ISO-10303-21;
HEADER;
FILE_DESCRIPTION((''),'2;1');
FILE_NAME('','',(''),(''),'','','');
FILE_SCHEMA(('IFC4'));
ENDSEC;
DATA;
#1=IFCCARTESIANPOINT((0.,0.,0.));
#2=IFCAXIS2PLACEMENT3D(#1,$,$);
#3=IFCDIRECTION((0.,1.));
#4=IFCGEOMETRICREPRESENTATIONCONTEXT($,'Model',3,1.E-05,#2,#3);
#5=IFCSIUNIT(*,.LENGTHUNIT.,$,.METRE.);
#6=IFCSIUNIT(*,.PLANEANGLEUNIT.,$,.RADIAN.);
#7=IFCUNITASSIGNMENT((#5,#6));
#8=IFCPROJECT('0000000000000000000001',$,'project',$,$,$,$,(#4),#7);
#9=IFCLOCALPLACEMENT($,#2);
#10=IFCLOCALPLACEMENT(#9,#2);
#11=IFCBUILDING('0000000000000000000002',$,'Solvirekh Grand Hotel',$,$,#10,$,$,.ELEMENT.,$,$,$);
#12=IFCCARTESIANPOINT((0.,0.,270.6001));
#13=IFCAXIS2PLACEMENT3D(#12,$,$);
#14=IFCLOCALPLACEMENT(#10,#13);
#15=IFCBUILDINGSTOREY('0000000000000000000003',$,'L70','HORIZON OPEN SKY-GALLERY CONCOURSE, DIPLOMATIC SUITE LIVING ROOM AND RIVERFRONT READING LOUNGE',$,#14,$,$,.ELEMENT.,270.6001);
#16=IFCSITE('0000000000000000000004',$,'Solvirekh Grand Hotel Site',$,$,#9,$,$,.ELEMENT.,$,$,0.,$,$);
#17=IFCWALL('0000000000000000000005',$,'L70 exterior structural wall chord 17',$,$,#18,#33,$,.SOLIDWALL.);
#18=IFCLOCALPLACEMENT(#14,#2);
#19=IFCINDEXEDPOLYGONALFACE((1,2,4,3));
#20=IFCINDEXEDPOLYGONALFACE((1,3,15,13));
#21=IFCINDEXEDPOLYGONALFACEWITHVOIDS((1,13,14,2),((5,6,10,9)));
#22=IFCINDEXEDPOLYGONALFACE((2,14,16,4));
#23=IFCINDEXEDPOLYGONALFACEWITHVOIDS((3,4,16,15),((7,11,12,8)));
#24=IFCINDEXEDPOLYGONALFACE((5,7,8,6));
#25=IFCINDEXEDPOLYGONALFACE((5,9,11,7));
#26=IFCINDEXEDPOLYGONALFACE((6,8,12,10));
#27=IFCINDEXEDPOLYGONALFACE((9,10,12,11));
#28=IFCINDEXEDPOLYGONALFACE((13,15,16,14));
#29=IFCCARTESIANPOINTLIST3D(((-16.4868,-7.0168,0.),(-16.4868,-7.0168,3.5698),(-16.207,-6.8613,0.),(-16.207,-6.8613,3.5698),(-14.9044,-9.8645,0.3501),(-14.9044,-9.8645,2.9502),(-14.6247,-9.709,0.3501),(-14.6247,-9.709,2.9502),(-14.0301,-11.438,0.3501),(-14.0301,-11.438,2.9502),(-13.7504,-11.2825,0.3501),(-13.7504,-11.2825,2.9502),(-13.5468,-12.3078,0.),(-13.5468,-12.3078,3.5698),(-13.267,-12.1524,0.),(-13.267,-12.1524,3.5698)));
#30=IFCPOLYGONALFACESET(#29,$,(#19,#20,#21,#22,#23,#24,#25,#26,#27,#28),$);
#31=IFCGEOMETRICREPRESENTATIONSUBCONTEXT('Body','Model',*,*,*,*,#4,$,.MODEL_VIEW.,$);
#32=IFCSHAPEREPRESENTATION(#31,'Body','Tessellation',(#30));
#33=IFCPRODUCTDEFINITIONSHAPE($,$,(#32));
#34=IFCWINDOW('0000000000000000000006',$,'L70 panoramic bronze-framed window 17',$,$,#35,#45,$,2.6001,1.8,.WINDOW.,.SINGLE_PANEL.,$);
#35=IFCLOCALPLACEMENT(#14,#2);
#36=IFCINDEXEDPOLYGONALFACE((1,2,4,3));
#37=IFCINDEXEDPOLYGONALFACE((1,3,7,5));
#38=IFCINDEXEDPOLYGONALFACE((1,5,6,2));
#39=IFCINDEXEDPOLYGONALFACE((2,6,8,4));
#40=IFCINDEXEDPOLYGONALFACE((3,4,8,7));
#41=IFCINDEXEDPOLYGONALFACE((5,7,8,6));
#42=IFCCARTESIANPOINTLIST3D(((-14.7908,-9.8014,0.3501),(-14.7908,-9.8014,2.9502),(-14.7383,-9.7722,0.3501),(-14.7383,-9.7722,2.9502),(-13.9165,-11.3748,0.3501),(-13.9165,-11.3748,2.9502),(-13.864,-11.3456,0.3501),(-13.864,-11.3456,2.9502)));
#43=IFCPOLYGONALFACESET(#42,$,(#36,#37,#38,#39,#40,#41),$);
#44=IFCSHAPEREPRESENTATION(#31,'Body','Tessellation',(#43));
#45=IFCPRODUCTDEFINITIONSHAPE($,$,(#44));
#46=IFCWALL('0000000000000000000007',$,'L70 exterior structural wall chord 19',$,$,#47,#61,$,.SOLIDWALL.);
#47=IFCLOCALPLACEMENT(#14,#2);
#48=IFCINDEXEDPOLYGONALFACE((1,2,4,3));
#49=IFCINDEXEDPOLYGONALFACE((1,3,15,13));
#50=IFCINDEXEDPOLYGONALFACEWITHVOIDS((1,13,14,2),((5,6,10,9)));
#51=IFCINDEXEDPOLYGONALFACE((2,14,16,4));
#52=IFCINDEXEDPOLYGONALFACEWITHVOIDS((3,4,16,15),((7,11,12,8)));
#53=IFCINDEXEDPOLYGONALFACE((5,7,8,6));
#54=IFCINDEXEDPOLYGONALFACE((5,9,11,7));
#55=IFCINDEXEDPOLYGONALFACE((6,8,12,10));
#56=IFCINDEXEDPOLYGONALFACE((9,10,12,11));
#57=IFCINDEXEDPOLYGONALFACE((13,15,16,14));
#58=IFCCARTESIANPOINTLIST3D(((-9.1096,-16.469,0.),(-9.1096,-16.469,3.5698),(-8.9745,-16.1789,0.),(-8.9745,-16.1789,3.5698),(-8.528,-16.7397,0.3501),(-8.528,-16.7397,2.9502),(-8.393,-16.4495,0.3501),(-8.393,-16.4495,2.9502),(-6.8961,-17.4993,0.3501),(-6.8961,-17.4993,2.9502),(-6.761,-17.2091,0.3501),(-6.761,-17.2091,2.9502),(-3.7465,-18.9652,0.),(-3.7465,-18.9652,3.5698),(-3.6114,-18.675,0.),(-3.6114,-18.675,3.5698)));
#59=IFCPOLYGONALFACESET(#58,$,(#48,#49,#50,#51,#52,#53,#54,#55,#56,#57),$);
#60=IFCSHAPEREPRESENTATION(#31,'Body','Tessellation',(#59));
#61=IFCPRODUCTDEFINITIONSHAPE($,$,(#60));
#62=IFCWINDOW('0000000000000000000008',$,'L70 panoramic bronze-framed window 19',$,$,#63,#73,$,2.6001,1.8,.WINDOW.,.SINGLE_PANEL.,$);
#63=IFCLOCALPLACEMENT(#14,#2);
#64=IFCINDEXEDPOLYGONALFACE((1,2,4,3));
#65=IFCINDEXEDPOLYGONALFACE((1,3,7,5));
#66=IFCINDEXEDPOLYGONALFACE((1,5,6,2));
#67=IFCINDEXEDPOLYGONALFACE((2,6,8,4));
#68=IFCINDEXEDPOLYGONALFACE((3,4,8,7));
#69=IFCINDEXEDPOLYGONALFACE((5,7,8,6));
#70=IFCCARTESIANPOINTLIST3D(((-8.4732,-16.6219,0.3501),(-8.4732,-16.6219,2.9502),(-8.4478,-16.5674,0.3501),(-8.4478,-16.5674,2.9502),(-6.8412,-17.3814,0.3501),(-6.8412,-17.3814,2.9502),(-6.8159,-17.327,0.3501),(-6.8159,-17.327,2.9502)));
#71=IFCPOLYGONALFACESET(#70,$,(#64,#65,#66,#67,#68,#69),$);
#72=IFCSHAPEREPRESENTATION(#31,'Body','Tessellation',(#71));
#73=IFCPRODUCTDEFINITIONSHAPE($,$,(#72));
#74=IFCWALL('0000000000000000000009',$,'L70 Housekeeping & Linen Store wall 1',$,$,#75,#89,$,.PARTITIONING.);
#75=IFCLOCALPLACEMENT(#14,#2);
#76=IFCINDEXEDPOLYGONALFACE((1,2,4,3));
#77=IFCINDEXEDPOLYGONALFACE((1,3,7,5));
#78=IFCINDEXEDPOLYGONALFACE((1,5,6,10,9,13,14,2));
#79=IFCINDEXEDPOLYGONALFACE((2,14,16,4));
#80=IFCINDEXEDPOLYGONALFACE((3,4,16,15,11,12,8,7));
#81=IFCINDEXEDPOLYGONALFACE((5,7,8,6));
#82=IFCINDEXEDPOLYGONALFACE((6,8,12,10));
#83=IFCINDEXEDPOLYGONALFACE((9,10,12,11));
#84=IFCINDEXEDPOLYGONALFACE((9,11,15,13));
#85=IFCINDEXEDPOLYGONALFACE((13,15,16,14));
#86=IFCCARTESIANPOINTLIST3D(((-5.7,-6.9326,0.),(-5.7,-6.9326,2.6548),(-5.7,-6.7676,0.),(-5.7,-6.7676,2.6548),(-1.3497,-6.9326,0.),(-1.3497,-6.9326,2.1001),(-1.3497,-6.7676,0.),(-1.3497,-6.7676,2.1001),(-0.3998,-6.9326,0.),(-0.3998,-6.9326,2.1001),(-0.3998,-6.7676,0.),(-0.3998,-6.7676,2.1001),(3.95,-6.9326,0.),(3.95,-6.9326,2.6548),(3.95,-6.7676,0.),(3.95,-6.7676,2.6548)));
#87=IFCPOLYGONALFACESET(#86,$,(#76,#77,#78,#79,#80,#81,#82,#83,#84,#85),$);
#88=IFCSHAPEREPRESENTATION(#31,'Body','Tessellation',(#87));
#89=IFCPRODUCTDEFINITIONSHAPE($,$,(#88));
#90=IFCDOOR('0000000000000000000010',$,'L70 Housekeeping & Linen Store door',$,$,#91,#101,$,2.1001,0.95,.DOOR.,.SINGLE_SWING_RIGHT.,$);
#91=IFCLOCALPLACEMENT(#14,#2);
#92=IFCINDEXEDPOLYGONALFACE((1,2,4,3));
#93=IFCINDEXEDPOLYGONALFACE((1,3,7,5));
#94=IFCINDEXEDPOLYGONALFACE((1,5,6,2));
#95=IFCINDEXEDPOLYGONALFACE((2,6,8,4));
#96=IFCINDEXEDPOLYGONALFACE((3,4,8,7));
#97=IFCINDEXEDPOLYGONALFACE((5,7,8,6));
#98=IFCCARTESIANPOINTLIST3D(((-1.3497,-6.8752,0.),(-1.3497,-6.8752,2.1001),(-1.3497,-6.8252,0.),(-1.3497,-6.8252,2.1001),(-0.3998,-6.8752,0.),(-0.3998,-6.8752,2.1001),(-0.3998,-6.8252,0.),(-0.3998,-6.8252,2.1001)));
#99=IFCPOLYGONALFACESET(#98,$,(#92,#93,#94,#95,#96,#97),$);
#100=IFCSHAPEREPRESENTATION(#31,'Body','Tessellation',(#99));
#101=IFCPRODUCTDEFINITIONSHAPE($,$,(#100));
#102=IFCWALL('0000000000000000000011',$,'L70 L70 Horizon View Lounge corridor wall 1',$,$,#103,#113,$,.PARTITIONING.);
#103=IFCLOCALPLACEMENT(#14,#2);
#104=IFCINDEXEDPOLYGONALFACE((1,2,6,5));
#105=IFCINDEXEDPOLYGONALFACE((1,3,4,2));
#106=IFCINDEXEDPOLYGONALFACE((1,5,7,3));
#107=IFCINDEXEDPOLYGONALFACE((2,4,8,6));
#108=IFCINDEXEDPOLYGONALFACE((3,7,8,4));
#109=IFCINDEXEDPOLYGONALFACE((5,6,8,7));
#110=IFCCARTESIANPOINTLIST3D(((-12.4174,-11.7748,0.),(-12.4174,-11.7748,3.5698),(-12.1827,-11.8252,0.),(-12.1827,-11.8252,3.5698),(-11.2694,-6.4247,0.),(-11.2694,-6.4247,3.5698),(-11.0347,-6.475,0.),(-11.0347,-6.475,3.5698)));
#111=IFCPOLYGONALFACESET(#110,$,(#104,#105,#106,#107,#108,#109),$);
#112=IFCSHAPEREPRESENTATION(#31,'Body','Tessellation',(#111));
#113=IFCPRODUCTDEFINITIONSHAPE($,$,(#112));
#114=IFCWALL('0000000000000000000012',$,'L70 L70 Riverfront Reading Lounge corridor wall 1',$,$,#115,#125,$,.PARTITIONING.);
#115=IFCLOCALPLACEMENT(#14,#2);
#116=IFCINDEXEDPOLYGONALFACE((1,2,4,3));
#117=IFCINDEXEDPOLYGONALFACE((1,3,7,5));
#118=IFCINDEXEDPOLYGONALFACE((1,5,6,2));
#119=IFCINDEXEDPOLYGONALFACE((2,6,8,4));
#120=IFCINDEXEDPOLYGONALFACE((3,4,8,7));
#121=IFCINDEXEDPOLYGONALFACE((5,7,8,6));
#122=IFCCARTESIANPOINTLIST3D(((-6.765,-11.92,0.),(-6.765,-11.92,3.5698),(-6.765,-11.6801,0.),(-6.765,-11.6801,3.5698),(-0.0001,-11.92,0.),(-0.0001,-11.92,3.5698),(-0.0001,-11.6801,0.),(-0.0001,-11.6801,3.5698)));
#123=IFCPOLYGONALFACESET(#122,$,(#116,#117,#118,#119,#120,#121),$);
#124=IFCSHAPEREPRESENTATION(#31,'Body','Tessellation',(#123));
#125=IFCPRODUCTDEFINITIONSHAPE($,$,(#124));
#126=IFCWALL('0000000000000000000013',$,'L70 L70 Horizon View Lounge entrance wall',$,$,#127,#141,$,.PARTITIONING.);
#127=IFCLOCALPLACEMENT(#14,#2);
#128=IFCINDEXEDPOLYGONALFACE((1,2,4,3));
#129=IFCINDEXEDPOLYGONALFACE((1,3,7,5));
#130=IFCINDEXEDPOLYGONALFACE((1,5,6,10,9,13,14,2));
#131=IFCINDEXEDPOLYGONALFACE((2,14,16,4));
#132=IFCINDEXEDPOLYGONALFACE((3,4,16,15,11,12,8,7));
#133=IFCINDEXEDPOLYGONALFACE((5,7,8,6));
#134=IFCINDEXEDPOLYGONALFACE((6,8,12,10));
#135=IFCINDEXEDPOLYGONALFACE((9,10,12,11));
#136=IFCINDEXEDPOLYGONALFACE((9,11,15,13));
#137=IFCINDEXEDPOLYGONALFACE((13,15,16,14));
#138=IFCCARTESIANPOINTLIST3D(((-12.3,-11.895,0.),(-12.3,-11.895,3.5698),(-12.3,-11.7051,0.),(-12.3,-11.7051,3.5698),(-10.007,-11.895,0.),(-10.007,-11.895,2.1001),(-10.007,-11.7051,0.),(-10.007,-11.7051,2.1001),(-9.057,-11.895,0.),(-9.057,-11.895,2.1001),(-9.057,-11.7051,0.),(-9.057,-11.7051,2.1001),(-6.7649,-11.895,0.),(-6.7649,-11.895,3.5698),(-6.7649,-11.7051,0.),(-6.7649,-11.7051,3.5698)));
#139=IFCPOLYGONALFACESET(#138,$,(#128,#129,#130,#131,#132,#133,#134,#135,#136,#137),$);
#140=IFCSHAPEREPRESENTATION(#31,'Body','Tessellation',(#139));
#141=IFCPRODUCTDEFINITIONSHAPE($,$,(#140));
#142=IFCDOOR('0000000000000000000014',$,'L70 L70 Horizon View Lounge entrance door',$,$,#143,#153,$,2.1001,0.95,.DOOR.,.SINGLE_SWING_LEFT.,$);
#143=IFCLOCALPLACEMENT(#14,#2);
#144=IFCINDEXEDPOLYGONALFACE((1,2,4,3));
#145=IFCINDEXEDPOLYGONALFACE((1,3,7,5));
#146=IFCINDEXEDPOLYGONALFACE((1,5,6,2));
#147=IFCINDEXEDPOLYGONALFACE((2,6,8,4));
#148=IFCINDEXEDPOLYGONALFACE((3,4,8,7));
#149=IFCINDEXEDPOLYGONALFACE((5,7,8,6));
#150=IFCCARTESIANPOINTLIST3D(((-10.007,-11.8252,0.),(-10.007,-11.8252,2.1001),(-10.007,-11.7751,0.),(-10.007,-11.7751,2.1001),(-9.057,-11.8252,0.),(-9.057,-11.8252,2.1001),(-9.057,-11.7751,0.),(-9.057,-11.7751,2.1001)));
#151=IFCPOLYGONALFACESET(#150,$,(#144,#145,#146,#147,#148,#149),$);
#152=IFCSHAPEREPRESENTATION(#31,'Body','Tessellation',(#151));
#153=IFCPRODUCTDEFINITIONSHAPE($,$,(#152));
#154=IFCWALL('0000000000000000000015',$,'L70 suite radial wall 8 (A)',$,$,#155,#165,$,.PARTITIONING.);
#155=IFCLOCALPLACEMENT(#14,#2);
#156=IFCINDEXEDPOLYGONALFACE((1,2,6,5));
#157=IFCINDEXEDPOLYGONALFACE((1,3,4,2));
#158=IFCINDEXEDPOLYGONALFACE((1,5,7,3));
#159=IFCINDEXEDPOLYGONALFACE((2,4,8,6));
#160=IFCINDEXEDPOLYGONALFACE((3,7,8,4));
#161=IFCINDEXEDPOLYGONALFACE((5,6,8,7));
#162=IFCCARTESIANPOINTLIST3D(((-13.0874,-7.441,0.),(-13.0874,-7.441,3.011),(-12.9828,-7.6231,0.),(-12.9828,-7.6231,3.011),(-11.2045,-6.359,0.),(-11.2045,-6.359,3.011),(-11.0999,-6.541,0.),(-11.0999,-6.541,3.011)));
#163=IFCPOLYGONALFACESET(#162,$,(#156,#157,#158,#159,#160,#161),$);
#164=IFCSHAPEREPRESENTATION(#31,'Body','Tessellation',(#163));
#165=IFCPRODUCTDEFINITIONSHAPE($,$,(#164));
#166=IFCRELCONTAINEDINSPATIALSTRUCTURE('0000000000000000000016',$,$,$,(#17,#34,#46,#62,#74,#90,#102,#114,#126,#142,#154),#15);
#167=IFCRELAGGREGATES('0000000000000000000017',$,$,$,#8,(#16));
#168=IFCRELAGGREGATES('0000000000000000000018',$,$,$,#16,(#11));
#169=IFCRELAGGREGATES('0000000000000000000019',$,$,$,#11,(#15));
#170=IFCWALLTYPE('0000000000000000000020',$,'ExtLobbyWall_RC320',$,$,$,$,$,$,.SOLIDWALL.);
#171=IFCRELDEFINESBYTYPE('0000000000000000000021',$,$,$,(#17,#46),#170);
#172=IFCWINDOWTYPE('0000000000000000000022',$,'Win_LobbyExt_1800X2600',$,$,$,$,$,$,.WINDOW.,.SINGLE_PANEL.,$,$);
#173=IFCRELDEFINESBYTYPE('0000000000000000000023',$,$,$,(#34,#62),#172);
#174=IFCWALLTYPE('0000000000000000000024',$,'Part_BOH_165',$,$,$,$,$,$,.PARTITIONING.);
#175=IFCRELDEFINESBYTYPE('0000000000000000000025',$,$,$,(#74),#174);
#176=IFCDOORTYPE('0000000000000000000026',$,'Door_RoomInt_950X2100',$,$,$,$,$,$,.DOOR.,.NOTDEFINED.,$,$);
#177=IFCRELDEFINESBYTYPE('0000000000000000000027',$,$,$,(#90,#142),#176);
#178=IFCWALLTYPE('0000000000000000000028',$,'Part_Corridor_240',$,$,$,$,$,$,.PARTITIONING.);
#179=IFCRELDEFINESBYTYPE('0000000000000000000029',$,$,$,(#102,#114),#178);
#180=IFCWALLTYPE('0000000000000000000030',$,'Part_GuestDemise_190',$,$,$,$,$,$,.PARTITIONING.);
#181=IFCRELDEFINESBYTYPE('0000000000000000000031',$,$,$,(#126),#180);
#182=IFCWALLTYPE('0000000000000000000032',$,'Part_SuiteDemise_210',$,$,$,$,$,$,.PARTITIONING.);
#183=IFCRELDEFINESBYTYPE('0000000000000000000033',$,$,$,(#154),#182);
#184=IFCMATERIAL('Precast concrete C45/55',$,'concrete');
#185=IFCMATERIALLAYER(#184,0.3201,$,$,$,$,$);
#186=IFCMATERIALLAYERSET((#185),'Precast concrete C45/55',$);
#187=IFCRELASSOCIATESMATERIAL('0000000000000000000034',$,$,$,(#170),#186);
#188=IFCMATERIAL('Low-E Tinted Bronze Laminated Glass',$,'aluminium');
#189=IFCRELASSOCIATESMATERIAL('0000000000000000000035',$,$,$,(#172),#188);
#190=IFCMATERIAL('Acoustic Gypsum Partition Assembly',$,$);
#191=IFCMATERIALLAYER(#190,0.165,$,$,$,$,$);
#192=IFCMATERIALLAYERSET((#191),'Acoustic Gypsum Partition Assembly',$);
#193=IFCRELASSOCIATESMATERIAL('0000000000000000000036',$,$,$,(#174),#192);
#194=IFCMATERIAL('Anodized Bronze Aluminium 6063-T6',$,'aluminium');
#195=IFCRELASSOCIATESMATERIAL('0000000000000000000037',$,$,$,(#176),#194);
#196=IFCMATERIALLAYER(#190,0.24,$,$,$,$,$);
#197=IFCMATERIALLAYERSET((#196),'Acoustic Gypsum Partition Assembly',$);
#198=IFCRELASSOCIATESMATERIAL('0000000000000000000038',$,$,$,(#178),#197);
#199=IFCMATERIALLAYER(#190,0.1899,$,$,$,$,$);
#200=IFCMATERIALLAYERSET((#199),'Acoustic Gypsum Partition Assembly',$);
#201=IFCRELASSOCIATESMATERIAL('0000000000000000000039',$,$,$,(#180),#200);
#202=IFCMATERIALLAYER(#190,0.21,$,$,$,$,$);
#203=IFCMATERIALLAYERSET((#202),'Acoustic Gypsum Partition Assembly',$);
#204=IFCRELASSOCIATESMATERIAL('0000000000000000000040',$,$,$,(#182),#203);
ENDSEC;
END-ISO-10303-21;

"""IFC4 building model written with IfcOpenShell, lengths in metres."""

from ifc_helpers import new_model, si_unit, direction, frame, frame_2d, origin, place, context, subcontext, project, spatial, rectangle, extrude, material, layer, layer_set, type_object, element, fill, save


model = new_model("IFC4")

# Units and contexts
model_context = context("Model", 3, precision=1e-05, world=origin(), true_north=direction((0.0, 1.0)))
body_context = subcontext(model_context, "Body", "Model", "MODEL_VIEW")
ifc_project = project(units=[si_unit("LENGTHUNIT", "METRE"), si_unit("PLANEANGLEUNIT", "RADIAN")], contexts=[model_context])

# Site, building, storey
site_placement = place(None, origin())
site = spatial("IfcSite", under=ifc_project, at=site_placement, Name="Solvirekh Grand Hotel Site", CompositionType="ELEMENT", RefElevation=0.0)
building_placement = place(site_placement, origin())
building = spatial("IfcBuilding", under=site, at=building_placement, Name="Solvirekh Grand Hotel", CompositionType="ELEMENT")
storey_placement = place(building_placement, frame((0.0, 0.0, 270.6001)))
storey = spatial("IfcBuildingStorey", under=building, at=storey_placement, Name="L70", Description="HORIZON OPEN SKY-GALLERY CONCOURSE, DIPLOMATIC SUITE LIVING ROOM AND RIVERFRONT READING LOUNGE", CompositionType="ELEMENT", Elevation=270.6001)

# Shared definitions
ifc_material_1 = material(Name="Anodized Bronze Aluminium 6063-T6", Category="aluminium")
ifc_material_2 = material(Name="Low-E Tinted Bronze Laminated Glass", Category="aluminium")

# Walls, openings, windows
ifc_material_3 = material(Name="Precast concrete C45/55", Category="concrete")
ifc_layer_1 = layer(ifc_material_3, 0.3201)
ifc_layer_set_1 = layer_set([ifc_layer_1], Name="Precast concrete C45/55")
wall_type_1 = type_object("IfcWallType", Name="ExtLobbyWall_RC320", PredefinedType="SOLIDWALL", material=ifc_layer_set_1)
window_type = type_object("IfcWindowType", Name="Win_LobbyExt_1800X2600", PartitioningType="SINGLE_PANEL", PredefinedType="WINDOW", material=ifc_material_2)
wall_1_placement = place(storey_placement, frame((-13.407, -12.23, 0.0), z_axis=(0.0, 0.0, 1.0), x_axis=(-0.485705, 0.874123, 0.0)))
wall_1 = element("IfcWall", 1, at=wall_1_placement, inside=storey, type_object=wall_type_1, Name="L70 exterior structural wall chord 17", PredefinedType="SOLIDWALL", context=body_context, shape_type="SweptSolid", body=[
    extrude(rectangle(XDim=6.053, YDim=0.3201, at=frame_2d((3.0264, 0.0))), origin(), (0.0, 0.0, 1.0), 3.5698),
])
opening_1_placement = place(wall_1_placement, frame((0.9951, 0.0, 0.3501)))
opening_1 = element("IfcOpeningElement", 2, at=opening_1_placement, cuts=wall_1, PredefinedType="OPENING", context=body_context, shape_type="SweptSolid", body=[
    extrude(rectangle(XDim=1.8, YDim=2.6001, at=frame_2d((0.8999, 1.3))), frame((0.0, 0.1699, 0.0), z_axis=(0.0, -1.0, 0.0), x_axis=(1.0, 0.0, 0.0)), (0.0, 0.0, 1.0), 0.3401),
])
window_1_placement = place(opening_1_placement, origin())
window_1 = element("IfcWindow", 3, at=window_1_placement, inside=storey, type_object=window_type, Name="L70 panoramic bronze-framed window 17", OverallHeight=2.6001, OverallWidth=1.8, PartitioningType="SINGLE_PANEL", PredefinedType="WINDOW", context=body_context, shape_type="SweptSolid", body=[
    extrude(rectangle(XDim=1.8, YDim=2.6001, at=frame_2d((0.8999, 1.3))), frame((0.0, 0.03, 0.0), z_axis=(0.0, -1.0, 0.0), x_axis=(1.0, 0.0, 0.0)), (0.0, 0.0, 1.0), 0.0601),
])
fill(opening_1, window_1)
wall_2_placement = place(storey_placement, frame((-3.679, -18.8201, 0.0), z_axis=(0.0, 0.0, 1.0), x_axis=(-0.906614, 0.421961, 0.0)))
wall_2 = element("IfcWall", 4, at=wall_2_placement, inside=storey, type_object=wall_type_1, Name="L70 exterior structural wall chord 19", PredefinedType="SOLIDWALL", context=body_context, shape_type="SweptSolid", body=[
    extrude(rectangle(XDim=5.9155, YDim=0.3201, at=frame_2d((2.9578, 0.0))), origin(), (0.0, 0.0, 1.0), 3.5698),
])
opening_2_placement = place(wall_2_placement, frame((3.4741, 0.0, 0.3501)))
opening_2 = element("IfcOpeningElement", 5, at=opening_2_placement, cuts=wall_2, PredefinedType="OPENING", context=body_context, shape_type="SweptSolid", body=[
    extrude(rectangle(XDim=1.8, YDim=2.6001, at=frame_2d((0.8999, 1.3))), frame((0.0, 0.1699, 0.0), z_axis=(0.0, -1.0, 0.0), x_axis=(1.0, 0.0, 0.0)), (0.0, 0.0, 1.0), 0.3401),
])
window_2_placement = place(opening_2_placement, origin())
window_2 = element("IfcWindow", 6, at=window_2_placement, inside=storey, type_object=window_type, Name="L70 panoramic bronze-framed window 19", OverallHeight=2.6001, OverallWidth=1.8, PartitioningType="SINGLE_PANEL", PredefinedType="WINDOW", context=body_context, shape_type="SweptSolid", body=[
    extrude(rectangle(XDim=1.8, YDim=2.6001, at=frame_2d((0.8999, 1.3))), frame((0.0, 0.03, 0.0), z_axis=(0.0, -1.0, 0.0), x_axis=(1.0, 0.0, 0.0)), (0.0, 0.0, 1.0), 0.0601),
])
fill(opening_2, window_2)

# Wall, opening, door
ifc_material_4 = material(Name="Acoustic Gypsum Partition Assembly")
ifc_layer_2 = layer(ifc_material_4, 0.165)
ifc_layer_set_2 = layer_set([ifc_layer_2], Name="Acoustic Gypsum Partition Assembly")
wall_type_2 = type_object("IfcWallType", Name="Part_BOH_165", PredefinedType="PARTITIONING", material=ifc_layer_set_2)
wall_3_placement = place(storey_placement, frame((-5.7, -6.8501, 0.0), z_axis=(0.0, 0.0, 1.0), x_axis=(1.0, 0.0, 0.0)))
wall_3 = element("IfcWall", 7, at=wall_3_placement, inside=storey, type_object=wall_type_2, Name="L70 Housekeeping & Linen Store wall 1", PredefinedType="PARTITIONING", context=body_context, shape_type="SweptSolid", body=[
    extrude(rectangle(XDim=9.6499, YDim=0.165, at=frame_2d((4.825, 0.0))), origin(), (0.0, 0.0, 1.0), 2.6548),
])
opening_3_placement = place(wall_3_placement, frame((4.3501, 0.0, 0.0)))
opening_3 = element("IfcOpeningElement", 8, at=opening_3_placement, cuts=wall_3, PredefinedType="OPENING", context=body_context, shape_type="SweptSolid", body=[
    extrude(rectangle(XDim=0.95, YDim=2.1001, at=frame_2d((0.4751, 1.05))), frame((0.0, 0.0925, 0.0), z_axis=(0.0, -1.0, 0.0), x_axis=(1.0, 0.0, 0.0)), (0.0, 0.0, 1.0), 0.1851),
])
door_type = type_object("IfcDoorType", Name="Door_RoomInt_950X2100", OperationType="NOTDEFINED", PredefinedType="DOOR", material=ifc_material_1)
door_1_placement = place(opening_3_placement, origin())
door_1 = element("IfcDoor", 9, at=door_1_placement, inside=storey, type_object=door_type, Name="L70 Housekeeping & Linen Store door", OperationType="SINGLE_SWING_RIGHT", OverallHeight=2.1001, OverallWidth=0.95, PredefinedType="DOOR", context=body_context, shape_type="SweptSolid", body=[
    extrude(rectangle(XDim=0.95, YDim=2.1001, at=frame_2d((0.4751, 1.05))), frame((0.0, 0.0249, 0.0), z_axis=(0.0, -1.0, 0.0), x_axis=(1.0, 0.0, 0.0)), (0.0, 0.0, 1.0), 0.05),
])
fill(opening_3, door_1)

# Walls
ifc_layer_3 = layer(ifc_material_4, 0.24)
ifc_layer_set_3 = layer_set([ifc_layer_3], Name="Acoustic Gypsum Partition Assembly")
wall_type_3 = type_object("IfcWallType", Name="Part_Corridor_240", PredefinedType="PARTITIONING", material=ifc_layer_set_3)
wall_4_placement = place(storey_placement, frame((-11.1521, -6.45, 0.0), z_axis=(0.0, 0.0, 1.0), x_axis=(-0.209791, -0.977746, 0.0)))
element("IfcWall", 10, at=wall_4_placement, inside=storey, type_object=wall_type_3, Name="L70 L70 Horizon View Lounge corridor wall 1", PredefinedType="PARTITIONING", context=body_context, shape_type="SweptSolid", body=[
    extrude(rectangle(XDim=5.4719, YDim=0.24, at=frame_2d((2.7358, 0.0))), origin(), (0.0, 0.0, 1.0), 3.5698),
])
wall_5_placement = place(storey_placement, frame((-6.7649, -11.8, 0.0), z_axis=(0.0, 0.0, 1.0), x_axis=(1.0, 0.0, 0.0)))
element("IfcWall", 11, at=wall_5_placement, inside=storey, type_object=wall_type_3, Name="L70 L70 Riverfront Reading Lounge corridor wall 1", PredefinedType="PARTITIONING", context=body_context, shape_type="SweptSolid", body=[
    extrude(rectangle(XDim=6.7649, YDim=0.24, at=frame_2d((3.3823, 0.0))), origin(), (0.0, 0.0, 1.0), 3.5698),
])

# Wall, opening, door
ifc_layer_4 = layer(ifc_material_4, 0.1899)
ifc_layer_set_4 = layer_set([ifc_layer_4], Name="Acoustic Gypsum Partition Assembly")
wall_type_4 = type_object("IfcWallType", Name="Part_GuestDemise_190", PredefinedType="PARTITIONING", material=ifc_layer_set_4)
wall_6_placement = place(storey_placement, frame((-12.3, -11.8, 0.0), z_axis=(0.0, 0.0, 1.0), x_axis=(1.0, 0.0, 0.0)))
wall_6 = element("IfcWall", 12, at=wall_6_placement, inside=storey, type_object=wall_type_4, Name="L70 L70 Horizon View Lounge entrance wall", PredefinedType="PARTITIONING", context=body_context, shape_type="SweptSolid", body=[
    extrude(rectangle(XDim=5.5352, YDim=0.1899, at=frame_2d((2.7676, 0.0))), origin(), (0.0, 0.0, 1.0), 3.5698),
])
opening_4_placement = place(wall_6_placement, frame((2.293, 0.0, 0.0)))
opening_4 = element("IfcOpeningElement", 13, at=opening_4_placement, cuts=wall_6, PredefinedType="OPENING", context=body_context, shape_type="SweptSolid", body=[
    extrude(rectangle(XDim=0.95, YDim=2.1001, at=frame_2d((0.4751, 1.05))), frame((0.0, 0.105, 0.0), z_axis=(0.0, -1.0, 0.0), x_axis=(1.0, 0.0, 0.0)), (0.0, 0.0, 1.0), 0.21),
])
door_2_placement = place(opening_4_placement, origin())
door_2 = element("IfcDoor", 14, at=door_2_placement, inside=storey, type_object=door_type, Name="L70 L70 Horizon View Lounge entrance door", OperationType="SINGLE_SWING_LEFT", OverallHeight=2.1001, OverallWidth=0.95, PredefinedType="DOOR", context=body_context, shape_type="SweptSolid", body=[
    extrude(rectangle(XDim=0.95, YDim=2.1001, at=frame_2d((0.4751, 1.05))), frame((0.0, 0.0249, 0.0), z_axis=(0.0, -1.0, 0.0), x_axis=(1.0, 0.0, 0.0)), (0.0, 0.0, 1.0), 0.05),
])
fill(opening_4, door_2)

# Wall
ifc_layer_5 = layer(ifc_material_4, 0.21)
ifc_layer_set_5 = layer_set([ifc_layer_5], Name="Acoustic Gypsum Partition Assembly")
wall_type_5 = type_object("IfcWallType", Name="Part_SuiteDemise_210", PredefinedType="PARTITIONING", material=ifc_layer_set_5)
wall_7_placement = place(storey_placement, frame((-11.1521, -6.45, 0.0), z_axis=(0.0, 0.0, 1.0), x_axis=(-0.867023, -0.498268, 0.0)))
element("IfcWall", 15, at=wall_7_placement, inside=storey, type_object=wall_type_5, Name="L70 suite radial wall 8 (A)", PredefinedType="PARTITIONING", context=body_context, shape_type="SweptSolid", body=[
    extrude(rectangle(XDim=2.1716, YDim=0.21, at=frame_2d((1.0859, 0.0))), origin(), (0.0, 0.0, 1.0), 3.011),
])

save(model, "model.ifc")
